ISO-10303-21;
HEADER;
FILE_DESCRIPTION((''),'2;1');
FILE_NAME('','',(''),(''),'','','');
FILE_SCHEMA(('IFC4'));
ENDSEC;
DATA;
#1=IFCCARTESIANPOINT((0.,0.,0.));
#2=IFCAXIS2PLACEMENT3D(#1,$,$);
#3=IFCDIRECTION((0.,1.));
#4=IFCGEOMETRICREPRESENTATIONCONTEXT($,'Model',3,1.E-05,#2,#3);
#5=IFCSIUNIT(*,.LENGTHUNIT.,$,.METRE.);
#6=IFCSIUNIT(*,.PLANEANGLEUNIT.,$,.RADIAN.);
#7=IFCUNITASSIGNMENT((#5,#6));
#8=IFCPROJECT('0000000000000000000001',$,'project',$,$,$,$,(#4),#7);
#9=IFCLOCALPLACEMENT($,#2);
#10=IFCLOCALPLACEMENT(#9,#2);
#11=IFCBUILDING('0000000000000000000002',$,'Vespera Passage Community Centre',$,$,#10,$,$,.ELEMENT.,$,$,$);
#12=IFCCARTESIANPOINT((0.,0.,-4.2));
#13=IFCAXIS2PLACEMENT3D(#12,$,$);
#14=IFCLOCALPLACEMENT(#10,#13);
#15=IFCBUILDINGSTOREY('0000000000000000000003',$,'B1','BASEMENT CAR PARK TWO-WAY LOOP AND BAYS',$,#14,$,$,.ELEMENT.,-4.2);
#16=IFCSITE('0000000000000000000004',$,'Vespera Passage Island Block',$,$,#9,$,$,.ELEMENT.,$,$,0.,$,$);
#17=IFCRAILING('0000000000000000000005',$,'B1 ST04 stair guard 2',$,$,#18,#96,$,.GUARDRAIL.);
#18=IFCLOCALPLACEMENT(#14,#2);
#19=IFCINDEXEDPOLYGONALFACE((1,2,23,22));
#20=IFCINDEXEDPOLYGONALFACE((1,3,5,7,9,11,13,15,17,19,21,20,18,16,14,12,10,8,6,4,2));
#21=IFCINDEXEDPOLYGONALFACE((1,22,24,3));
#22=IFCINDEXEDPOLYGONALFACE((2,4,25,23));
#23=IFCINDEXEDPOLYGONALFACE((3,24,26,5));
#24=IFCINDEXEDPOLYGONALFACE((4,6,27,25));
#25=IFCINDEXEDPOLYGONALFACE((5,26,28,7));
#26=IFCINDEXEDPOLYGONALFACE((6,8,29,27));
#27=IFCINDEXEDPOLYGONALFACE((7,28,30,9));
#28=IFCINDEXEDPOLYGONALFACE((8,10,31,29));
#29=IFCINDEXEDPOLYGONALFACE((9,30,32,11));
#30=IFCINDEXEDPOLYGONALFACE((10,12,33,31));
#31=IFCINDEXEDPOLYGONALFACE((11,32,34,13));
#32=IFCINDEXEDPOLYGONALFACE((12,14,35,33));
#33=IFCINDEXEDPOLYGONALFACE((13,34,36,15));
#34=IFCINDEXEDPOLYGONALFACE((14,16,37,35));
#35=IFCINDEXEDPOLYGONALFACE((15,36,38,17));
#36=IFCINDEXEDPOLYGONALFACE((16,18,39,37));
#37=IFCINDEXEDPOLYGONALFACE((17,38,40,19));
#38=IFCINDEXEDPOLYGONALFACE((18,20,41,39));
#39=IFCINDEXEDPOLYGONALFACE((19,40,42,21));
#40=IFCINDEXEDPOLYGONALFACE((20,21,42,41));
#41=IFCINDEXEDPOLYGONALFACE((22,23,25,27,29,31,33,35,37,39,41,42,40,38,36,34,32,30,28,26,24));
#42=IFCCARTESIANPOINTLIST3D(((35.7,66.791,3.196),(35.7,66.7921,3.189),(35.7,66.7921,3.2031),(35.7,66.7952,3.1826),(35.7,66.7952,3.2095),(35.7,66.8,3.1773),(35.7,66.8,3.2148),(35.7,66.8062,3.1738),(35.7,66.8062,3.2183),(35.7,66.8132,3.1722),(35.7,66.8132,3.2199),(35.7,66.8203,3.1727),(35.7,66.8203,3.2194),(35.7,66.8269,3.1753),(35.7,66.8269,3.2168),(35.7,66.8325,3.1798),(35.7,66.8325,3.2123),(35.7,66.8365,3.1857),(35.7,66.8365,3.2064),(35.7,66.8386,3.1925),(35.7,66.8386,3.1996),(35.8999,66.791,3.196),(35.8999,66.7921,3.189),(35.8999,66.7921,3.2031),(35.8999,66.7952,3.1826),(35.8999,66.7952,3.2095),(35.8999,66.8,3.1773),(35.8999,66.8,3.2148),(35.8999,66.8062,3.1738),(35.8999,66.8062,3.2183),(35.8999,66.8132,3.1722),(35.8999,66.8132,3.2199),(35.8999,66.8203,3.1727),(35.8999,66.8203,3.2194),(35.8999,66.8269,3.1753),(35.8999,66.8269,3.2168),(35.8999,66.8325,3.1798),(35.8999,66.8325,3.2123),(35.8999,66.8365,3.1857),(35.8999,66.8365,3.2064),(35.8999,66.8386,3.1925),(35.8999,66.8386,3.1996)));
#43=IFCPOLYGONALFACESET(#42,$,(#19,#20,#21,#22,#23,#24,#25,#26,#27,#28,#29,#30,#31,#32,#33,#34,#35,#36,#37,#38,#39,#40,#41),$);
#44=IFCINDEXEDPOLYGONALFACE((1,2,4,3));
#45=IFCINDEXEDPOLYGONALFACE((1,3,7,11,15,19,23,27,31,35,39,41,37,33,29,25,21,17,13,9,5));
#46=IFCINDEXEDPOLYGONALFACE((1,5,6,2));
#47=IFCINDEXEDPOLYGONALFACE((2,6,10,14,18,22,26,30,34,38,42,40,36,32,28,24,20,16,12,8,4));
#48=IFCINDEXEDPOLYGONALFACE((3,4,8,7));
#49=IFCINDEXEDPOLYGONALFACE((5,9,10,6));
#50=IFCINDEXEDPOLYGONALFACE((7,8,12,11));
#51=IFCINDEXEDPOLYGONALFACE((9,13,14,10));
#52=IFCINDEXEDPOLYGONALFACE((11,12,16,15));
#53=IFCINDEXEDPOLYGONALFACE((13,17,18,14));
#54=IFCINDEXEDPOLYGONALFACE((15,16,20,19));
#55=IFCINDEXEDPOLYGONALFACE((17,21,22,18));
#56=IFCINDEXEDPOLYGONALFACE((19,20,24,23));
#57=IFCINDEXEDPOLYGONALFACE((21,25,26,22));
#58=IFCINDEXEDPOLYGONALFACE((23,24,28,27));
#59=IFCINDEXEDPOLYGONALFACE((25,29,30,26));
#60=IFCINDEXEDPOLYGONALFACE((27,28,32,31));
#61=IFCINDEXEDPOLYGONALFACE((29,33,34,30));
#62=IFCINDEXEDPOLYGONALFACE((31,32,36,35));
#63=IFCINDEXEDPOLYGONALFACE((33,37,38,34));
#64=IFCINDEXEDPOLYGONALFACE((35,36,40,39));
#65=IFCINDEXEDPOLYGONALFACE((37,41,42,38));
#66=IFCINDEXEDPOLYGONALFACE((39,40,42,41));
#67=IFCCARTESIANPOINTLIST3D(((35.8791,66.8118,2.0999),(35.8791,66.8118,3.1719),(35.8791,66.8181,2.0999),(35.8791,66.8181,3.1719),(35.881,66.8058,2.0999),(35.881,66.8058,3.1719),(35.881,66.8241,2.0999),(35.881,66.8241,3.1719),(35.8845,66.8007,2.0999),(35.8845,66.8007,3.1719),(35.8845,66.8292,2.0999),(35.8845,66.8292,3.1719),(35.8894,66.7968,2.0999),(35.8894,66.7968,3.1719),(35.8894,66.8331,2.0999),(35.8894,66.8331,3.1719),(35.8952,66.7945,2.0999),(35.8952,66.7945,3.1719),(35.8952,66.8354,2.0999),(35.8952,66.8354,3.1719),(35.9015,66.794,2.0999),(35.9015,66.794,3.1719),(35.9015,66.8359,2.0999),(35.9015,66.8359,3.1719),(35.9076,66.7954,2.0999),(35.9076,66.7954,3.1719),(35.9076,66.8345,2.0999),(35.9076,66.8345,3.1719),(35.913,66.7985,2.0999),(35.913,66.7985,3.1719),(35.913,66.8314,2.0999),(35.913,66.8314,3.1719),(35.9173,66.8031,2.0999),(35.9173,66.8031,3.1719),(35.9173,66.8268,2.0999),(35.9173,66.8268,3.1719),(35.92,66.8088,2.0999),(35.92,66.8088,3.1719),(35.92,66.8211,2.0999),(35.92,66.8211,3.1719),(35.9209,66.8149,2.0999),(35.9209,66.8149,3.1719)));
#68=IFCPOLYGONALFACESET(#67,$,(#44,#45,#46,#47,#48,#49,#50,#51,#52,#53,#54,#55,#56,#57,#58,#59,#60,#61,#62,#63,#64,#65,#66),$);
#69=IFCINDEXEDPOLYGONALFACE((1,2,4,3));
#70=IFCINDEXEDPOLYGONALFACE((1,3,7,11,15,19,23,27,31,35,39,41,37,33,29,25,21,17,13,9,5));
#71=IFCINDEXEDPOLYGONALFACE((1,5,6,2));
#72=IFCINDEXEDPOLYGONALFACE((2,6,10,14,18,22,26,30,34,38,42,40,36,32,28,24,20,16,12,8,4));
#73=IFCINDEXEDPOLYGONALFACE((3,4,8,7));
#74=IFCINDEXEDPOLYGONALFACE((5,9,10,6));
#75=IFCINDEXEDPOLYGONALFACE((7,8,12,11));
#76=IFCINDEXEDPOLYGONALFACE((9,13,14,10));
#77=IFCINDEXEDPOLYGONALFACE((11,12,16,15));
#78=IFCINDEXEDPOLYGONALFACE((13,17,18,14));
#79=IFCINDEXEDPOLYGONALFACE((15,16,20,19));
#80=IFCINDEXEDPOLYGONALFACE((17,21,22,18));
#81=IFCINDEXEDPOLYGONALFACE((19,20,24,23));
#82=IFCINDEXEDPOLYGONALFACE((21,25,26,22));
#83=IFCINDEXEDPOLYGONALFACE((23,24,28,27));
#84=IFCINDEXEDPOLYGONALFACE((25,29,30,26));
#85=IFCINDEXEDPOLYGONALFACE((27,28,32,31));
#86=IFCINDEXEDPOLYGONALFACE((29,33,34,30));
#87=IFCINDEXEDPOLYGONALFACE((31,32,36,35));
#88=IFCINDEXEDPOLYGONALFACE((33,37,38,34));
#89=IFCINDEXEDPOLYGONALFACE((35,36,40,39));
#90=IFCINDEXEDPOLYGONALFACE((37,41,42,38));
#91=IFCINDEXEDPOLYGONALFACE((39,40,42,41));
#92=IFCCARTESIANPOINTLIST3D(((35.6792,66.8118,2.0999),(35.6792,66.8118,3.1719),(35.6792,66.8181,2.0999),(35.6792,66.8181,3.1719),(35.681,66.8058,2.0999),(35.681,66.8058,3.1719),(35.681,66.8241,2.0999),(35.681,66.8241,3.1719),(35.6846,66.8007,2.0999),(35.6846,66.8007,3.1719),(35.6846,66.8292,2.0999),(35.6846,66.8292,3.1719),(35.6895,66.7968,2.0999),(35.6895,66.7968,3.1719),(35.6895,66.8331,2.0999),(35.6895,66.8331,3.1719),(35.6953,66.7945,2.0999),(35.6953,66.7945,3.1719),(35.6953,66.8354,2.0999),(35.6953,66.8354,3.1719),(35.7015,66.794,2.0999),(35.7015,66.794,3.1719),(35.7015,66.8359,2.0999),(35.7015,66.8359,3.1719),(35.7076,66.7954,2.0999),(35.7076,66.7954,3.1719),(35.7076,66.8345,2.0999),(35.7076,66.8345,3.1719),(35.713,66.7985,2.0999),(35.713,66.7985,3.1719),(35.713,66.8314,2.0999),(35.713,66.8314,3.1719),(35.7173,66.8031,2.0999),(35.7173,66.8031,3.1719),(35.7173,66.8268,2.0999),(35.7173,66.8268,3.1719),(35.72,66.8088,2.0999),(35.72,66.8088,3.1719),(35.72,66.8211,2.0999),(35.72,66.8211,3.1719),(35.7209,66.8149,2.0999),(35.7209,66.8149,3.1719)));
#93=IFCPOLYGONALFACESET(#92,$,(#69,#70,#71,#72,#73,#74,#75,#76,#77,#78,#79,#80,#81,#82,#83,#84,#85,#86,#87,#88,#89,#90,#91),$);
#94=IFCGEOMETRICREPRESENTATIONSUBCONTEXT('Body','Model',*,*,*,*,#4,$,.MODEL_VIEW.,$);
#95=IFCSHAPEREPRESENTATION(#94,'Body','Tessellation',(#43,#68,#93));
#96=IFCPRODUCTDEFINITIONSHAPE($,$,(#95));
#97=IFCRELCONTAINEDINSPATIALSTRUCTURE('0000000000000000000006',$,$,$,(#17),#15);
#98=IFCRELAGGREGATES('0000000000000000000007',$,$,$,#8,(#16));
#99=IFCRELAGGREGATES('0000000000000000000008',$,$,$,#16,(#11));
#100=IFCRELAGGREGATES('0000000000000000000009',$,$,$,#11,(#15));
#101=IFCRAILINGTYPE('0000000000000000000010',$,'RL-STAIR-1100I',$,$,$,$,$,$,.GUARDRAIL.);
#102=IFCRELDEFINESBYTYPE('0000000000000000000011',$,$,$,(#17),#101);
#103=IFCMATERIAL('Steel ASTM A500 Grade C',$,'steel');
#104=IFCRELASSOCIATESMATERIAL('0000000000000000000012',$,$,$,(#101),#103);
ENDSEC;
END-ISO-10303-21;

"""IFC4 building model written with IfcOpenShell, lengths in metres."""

from ifc_helpers import new_model, si_unit, direction, frame, origin, origin_2d, place, context, subcontext, project, spatial, circle, extrude, material, type_object, element, save


model = new_model("IFC4")

# Units and contexts
model_context = context("Model", 3, precision=1e-05, world=origin(), true_north=direction((0.0, 1.0)))
body_context = subcontext(model_context, "Body", "Model", "MODEL_VIEW")
ifc_project = project(units=[si_unit("LENGTHUNIT", "METRE"), si_unit("PLANEANGLEUNIT", "RADIAN")], contexts=[model_context])

# Site, building, storey
site_placement = place(None, origin())
site = spatial("IfcSite", under=ifc_project, at=site_placement, Name="Vespera Passage Island Block", CompositionType="ELEMENT", RefElevation=0.0)
building_placement = place(site_placement, origin())
building = spatial("IfcBuilding", under=site, at=building_placement, Name="Vespera Passage Community Centre", CompositionType="ELEMENT")
storey_placement = place(building_placement, frame((0.0, 0.0, -4.2)))
storey = spatial("IfcBuildingStorey", under=building, at=storey_placement, Name="B1", Description="BASEMENT CAR PARK TWO-WAY LOOP AND BAYS", CompositionType="ELEMENT", Elevation=-4.2)

# Railing
ifc_material_1 = material(Name="Steel ASTM A500 Grade C", Category="steel")
railing_type_1 = type_object("IfcRailingType", Name="RL-STAIR-1100I", PredefinedType="GUARDRAIL", material=ifc_material_1)
railing_1_placement = place(storey_placement, frame((35.8999, 66.8149, 2.0999)))
element("IfcRailing", 1, at=railing_1_placement, inside=storey, type_object=railing_type_1, Name="B1 ST04 stair guard 2", PredefinedType="GUARDRAIL", context=body_context, shape_type="SweptSolid", body=[
    extrude(circle(Radius=0.0239, at=origin_2d()), frame((0.0, 0.0, 1.0962), z_axis=(-1.0, 0.0, 0.0), x_axis=(0.0, -1.0, 0.0)), (0.0, 0.0, 1.0), 0.2),
    extrude(circle(Radius=0.021, at=origin_2d()), origin(), (0.0, 0.0, 1.0), 1.072),
    extrude(circle(Radius=0.021, at=origin_2d()), frame((-0.2, 0.0, 0.0)), (0.0, 0.0, 1.0), 1.072),
])

save(model, "model.ifc")
